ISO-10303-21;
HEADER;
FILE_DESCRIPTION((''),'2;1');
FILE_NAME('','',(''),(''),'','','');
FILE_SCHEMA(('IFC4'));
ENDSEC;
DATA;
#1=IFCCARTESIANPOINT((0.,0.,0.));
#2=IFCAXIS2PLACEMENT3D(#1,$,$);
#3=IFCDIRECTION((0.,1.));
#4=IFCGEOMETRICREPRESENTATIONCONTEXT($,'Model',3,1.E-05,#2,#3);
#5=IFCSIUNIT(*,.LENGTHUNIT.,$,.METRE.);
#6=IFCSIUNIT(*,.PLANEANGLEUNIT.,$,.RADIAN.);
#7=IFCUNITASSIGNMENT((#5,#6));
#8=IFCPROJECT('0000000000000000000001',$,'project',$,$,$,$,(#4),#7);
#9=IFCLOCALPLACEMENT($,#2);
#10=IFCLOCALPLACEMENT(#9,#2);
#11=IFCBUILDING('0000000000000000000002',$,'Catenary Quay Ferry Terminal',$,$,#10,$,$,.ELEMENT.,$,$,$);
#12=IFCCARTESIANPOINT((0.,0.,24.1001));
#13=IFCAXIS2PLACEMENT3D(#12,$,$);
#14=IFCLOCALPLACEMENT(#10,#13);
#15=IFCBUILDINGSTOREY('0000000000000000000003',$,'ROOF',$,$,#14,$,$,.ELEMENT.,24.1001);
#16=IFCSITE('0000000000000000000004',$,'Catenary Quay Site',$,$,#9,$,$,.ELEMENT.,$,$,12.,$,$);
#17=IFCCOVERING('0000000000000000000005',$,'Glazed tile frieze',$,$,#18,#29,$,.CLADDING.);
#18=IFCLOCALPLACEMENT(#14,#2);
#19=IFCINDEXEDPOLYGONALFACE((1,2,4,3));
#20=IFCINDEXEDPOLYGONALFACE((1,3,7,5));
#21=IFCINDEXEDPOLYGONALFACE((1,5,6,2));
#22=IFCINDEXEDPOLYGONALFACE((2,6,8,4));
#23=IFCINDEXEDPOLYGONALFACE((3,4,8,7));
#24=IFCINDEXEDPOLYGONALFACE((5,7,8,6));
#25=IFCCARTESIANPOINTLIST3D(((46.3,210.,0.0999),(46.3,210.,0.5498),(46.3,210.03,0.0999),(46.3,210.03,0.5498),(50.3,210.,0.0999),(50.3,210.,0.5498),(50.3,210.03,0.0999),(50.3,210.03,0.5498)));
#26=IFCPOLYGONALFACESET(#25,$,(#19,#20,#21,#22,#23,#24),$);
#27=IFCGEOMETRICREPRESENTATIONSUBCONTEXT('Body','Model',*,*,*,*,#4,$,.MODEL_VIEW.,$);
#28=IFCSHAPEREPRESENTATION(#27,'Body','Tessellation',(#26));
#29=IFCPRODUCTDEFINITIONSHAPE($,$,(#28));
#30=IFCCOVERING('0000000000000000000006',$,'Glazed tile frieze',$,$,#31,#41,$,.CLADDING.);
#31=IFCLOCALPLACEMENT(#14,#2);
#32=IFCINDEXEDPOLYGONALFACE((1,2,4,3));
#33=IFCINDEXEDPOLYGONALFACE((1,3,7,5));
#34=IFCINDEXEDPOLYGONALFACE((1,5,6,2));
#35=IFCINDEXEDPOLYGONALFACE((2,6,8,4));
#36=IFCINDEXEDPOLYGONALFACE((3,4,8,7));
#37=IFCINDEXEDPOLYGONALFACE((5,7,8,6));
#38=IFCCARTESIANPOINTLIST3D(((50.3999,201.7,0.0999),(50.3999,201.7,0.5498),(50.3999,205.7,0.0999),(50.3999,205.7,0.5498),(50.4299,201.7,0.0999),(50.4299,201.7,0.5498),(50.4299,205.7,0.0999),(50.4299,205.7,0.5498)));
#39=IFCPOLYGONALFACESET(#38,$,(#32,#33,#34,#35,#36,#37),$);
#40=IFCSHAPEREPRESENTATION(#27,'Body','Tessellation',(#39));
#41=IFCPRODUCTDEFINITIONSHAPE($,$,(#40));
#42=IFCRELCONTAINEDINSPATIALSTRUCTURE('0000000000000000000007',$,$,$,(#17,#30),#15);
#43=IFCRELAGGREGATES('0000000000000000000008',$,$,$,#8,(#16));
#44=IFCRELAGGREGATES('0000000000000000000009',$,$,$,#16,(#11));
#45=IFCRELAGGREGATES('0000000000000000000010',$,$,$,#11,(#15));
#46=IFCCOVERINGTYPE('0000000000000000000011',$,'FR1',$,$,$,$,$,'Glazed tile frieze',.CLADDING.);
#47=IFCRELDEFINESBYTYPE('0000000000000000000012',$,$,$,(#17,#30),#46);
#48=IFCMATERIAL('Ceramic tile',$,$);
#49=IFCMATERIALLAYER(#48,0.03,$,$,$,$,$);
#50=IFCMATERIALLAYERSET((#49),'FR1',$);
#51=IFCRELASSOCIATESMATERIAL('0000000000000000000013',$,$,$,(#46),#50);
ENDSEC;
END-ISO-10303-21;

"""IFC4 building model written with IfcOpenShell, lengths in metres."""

from ifc_helpers import new_model, si_unit, direction, frame, origin, place, context, subcontext, project, spatial, polyline, outline, extrude, material, layer, layer_set, type_object, element, save


model = new_model("IFC4")

# Units and contexts
model_context = context("Model", 3, precision=1e-05, world=origin(), true_north=direction((0.0, 1.0)))
body_context = subcontext(model_context, "Body", "Model", "MODEL_VIEW")
ifc_project = project(units=[si_unit("LENGTHUNIT", "METRE"), si_unit("PLANEANGLEUNIT", "RADIAN")], contexts=[model_context])

# Site, building, storey
site_placement = place(None, origin())
site = spatial("IfcSite", under=ifc_project, at=site_placement, Name="Catenary Quay Site", CompositionType="ELEMENT", RefElevation=12.0)
building_placement = place(site_placement, origin())
building = spatial("IfcBuilding", under=site, at=building_placement, Name="Catenary Quay Ferry Terminal", CompositionType="ELEMENT")
storey_placement = place(building_placement, frame((0.0, 0.0, 24.1001)))
storey = spatial("IfcBuildingStorey", under=building, at=storey_placement, Name="ROOF", CompositionType="ELEMENT", Elevation=24.1001)

# Coverings
ifc_material_1 = material(Name="Ceramic tile")
ifc_layer_1 = layer(ifc_material_1, 0.03)
ifc_layer_set_1 = layer_set([ifc_layer_1], Name="FR1")
covering_type_1 = type_object("IfcCoveringType", Name="FR1", ElementType="Glazed tile frieze", PredefinedType="CLADDING", material=ifc_layer_set_1)
covering_1_placement = place(storey_placement, frame((0.0, 0.0, 0.0999)))
element("IfcCovering", 1, at=covering_1_placement, inside=storey, type_object=covering_type_1, Name="Glazed tile frieze", PredefinedType="CLADDING", context=body_context, shape_type="SweptSolid", body=[
    extrude(outline(polyline([(46.3, 210.0), (50.3, 210.0), (50.3, 210.03), (46.3, 210.03), (46.3, 210.0)])), origin(), (0.0, 0.0, 1.0), 0.45),
])
covering_2_placement = place(storey_placement, frame((0.0, 0.0, 0.0999)))
element("IfcCovering", 2, at=covering_2_placement, inside=storey, type_object=covering_type_1, Name="Glazed tile frieze", PredefinedType="CLADDING", context=body_context, shape_type="SweptSolid", body=[
    extrude(outline(polyline([(50.3999, 201.7), (50.3999, 205.7), (50.4299, 205.7), (50.4299, 201.7), (50.3999, 201.7)])), origin(), (0.0, 0.0, 1.0), 0.45),
])

save(model, "model.ifc")
